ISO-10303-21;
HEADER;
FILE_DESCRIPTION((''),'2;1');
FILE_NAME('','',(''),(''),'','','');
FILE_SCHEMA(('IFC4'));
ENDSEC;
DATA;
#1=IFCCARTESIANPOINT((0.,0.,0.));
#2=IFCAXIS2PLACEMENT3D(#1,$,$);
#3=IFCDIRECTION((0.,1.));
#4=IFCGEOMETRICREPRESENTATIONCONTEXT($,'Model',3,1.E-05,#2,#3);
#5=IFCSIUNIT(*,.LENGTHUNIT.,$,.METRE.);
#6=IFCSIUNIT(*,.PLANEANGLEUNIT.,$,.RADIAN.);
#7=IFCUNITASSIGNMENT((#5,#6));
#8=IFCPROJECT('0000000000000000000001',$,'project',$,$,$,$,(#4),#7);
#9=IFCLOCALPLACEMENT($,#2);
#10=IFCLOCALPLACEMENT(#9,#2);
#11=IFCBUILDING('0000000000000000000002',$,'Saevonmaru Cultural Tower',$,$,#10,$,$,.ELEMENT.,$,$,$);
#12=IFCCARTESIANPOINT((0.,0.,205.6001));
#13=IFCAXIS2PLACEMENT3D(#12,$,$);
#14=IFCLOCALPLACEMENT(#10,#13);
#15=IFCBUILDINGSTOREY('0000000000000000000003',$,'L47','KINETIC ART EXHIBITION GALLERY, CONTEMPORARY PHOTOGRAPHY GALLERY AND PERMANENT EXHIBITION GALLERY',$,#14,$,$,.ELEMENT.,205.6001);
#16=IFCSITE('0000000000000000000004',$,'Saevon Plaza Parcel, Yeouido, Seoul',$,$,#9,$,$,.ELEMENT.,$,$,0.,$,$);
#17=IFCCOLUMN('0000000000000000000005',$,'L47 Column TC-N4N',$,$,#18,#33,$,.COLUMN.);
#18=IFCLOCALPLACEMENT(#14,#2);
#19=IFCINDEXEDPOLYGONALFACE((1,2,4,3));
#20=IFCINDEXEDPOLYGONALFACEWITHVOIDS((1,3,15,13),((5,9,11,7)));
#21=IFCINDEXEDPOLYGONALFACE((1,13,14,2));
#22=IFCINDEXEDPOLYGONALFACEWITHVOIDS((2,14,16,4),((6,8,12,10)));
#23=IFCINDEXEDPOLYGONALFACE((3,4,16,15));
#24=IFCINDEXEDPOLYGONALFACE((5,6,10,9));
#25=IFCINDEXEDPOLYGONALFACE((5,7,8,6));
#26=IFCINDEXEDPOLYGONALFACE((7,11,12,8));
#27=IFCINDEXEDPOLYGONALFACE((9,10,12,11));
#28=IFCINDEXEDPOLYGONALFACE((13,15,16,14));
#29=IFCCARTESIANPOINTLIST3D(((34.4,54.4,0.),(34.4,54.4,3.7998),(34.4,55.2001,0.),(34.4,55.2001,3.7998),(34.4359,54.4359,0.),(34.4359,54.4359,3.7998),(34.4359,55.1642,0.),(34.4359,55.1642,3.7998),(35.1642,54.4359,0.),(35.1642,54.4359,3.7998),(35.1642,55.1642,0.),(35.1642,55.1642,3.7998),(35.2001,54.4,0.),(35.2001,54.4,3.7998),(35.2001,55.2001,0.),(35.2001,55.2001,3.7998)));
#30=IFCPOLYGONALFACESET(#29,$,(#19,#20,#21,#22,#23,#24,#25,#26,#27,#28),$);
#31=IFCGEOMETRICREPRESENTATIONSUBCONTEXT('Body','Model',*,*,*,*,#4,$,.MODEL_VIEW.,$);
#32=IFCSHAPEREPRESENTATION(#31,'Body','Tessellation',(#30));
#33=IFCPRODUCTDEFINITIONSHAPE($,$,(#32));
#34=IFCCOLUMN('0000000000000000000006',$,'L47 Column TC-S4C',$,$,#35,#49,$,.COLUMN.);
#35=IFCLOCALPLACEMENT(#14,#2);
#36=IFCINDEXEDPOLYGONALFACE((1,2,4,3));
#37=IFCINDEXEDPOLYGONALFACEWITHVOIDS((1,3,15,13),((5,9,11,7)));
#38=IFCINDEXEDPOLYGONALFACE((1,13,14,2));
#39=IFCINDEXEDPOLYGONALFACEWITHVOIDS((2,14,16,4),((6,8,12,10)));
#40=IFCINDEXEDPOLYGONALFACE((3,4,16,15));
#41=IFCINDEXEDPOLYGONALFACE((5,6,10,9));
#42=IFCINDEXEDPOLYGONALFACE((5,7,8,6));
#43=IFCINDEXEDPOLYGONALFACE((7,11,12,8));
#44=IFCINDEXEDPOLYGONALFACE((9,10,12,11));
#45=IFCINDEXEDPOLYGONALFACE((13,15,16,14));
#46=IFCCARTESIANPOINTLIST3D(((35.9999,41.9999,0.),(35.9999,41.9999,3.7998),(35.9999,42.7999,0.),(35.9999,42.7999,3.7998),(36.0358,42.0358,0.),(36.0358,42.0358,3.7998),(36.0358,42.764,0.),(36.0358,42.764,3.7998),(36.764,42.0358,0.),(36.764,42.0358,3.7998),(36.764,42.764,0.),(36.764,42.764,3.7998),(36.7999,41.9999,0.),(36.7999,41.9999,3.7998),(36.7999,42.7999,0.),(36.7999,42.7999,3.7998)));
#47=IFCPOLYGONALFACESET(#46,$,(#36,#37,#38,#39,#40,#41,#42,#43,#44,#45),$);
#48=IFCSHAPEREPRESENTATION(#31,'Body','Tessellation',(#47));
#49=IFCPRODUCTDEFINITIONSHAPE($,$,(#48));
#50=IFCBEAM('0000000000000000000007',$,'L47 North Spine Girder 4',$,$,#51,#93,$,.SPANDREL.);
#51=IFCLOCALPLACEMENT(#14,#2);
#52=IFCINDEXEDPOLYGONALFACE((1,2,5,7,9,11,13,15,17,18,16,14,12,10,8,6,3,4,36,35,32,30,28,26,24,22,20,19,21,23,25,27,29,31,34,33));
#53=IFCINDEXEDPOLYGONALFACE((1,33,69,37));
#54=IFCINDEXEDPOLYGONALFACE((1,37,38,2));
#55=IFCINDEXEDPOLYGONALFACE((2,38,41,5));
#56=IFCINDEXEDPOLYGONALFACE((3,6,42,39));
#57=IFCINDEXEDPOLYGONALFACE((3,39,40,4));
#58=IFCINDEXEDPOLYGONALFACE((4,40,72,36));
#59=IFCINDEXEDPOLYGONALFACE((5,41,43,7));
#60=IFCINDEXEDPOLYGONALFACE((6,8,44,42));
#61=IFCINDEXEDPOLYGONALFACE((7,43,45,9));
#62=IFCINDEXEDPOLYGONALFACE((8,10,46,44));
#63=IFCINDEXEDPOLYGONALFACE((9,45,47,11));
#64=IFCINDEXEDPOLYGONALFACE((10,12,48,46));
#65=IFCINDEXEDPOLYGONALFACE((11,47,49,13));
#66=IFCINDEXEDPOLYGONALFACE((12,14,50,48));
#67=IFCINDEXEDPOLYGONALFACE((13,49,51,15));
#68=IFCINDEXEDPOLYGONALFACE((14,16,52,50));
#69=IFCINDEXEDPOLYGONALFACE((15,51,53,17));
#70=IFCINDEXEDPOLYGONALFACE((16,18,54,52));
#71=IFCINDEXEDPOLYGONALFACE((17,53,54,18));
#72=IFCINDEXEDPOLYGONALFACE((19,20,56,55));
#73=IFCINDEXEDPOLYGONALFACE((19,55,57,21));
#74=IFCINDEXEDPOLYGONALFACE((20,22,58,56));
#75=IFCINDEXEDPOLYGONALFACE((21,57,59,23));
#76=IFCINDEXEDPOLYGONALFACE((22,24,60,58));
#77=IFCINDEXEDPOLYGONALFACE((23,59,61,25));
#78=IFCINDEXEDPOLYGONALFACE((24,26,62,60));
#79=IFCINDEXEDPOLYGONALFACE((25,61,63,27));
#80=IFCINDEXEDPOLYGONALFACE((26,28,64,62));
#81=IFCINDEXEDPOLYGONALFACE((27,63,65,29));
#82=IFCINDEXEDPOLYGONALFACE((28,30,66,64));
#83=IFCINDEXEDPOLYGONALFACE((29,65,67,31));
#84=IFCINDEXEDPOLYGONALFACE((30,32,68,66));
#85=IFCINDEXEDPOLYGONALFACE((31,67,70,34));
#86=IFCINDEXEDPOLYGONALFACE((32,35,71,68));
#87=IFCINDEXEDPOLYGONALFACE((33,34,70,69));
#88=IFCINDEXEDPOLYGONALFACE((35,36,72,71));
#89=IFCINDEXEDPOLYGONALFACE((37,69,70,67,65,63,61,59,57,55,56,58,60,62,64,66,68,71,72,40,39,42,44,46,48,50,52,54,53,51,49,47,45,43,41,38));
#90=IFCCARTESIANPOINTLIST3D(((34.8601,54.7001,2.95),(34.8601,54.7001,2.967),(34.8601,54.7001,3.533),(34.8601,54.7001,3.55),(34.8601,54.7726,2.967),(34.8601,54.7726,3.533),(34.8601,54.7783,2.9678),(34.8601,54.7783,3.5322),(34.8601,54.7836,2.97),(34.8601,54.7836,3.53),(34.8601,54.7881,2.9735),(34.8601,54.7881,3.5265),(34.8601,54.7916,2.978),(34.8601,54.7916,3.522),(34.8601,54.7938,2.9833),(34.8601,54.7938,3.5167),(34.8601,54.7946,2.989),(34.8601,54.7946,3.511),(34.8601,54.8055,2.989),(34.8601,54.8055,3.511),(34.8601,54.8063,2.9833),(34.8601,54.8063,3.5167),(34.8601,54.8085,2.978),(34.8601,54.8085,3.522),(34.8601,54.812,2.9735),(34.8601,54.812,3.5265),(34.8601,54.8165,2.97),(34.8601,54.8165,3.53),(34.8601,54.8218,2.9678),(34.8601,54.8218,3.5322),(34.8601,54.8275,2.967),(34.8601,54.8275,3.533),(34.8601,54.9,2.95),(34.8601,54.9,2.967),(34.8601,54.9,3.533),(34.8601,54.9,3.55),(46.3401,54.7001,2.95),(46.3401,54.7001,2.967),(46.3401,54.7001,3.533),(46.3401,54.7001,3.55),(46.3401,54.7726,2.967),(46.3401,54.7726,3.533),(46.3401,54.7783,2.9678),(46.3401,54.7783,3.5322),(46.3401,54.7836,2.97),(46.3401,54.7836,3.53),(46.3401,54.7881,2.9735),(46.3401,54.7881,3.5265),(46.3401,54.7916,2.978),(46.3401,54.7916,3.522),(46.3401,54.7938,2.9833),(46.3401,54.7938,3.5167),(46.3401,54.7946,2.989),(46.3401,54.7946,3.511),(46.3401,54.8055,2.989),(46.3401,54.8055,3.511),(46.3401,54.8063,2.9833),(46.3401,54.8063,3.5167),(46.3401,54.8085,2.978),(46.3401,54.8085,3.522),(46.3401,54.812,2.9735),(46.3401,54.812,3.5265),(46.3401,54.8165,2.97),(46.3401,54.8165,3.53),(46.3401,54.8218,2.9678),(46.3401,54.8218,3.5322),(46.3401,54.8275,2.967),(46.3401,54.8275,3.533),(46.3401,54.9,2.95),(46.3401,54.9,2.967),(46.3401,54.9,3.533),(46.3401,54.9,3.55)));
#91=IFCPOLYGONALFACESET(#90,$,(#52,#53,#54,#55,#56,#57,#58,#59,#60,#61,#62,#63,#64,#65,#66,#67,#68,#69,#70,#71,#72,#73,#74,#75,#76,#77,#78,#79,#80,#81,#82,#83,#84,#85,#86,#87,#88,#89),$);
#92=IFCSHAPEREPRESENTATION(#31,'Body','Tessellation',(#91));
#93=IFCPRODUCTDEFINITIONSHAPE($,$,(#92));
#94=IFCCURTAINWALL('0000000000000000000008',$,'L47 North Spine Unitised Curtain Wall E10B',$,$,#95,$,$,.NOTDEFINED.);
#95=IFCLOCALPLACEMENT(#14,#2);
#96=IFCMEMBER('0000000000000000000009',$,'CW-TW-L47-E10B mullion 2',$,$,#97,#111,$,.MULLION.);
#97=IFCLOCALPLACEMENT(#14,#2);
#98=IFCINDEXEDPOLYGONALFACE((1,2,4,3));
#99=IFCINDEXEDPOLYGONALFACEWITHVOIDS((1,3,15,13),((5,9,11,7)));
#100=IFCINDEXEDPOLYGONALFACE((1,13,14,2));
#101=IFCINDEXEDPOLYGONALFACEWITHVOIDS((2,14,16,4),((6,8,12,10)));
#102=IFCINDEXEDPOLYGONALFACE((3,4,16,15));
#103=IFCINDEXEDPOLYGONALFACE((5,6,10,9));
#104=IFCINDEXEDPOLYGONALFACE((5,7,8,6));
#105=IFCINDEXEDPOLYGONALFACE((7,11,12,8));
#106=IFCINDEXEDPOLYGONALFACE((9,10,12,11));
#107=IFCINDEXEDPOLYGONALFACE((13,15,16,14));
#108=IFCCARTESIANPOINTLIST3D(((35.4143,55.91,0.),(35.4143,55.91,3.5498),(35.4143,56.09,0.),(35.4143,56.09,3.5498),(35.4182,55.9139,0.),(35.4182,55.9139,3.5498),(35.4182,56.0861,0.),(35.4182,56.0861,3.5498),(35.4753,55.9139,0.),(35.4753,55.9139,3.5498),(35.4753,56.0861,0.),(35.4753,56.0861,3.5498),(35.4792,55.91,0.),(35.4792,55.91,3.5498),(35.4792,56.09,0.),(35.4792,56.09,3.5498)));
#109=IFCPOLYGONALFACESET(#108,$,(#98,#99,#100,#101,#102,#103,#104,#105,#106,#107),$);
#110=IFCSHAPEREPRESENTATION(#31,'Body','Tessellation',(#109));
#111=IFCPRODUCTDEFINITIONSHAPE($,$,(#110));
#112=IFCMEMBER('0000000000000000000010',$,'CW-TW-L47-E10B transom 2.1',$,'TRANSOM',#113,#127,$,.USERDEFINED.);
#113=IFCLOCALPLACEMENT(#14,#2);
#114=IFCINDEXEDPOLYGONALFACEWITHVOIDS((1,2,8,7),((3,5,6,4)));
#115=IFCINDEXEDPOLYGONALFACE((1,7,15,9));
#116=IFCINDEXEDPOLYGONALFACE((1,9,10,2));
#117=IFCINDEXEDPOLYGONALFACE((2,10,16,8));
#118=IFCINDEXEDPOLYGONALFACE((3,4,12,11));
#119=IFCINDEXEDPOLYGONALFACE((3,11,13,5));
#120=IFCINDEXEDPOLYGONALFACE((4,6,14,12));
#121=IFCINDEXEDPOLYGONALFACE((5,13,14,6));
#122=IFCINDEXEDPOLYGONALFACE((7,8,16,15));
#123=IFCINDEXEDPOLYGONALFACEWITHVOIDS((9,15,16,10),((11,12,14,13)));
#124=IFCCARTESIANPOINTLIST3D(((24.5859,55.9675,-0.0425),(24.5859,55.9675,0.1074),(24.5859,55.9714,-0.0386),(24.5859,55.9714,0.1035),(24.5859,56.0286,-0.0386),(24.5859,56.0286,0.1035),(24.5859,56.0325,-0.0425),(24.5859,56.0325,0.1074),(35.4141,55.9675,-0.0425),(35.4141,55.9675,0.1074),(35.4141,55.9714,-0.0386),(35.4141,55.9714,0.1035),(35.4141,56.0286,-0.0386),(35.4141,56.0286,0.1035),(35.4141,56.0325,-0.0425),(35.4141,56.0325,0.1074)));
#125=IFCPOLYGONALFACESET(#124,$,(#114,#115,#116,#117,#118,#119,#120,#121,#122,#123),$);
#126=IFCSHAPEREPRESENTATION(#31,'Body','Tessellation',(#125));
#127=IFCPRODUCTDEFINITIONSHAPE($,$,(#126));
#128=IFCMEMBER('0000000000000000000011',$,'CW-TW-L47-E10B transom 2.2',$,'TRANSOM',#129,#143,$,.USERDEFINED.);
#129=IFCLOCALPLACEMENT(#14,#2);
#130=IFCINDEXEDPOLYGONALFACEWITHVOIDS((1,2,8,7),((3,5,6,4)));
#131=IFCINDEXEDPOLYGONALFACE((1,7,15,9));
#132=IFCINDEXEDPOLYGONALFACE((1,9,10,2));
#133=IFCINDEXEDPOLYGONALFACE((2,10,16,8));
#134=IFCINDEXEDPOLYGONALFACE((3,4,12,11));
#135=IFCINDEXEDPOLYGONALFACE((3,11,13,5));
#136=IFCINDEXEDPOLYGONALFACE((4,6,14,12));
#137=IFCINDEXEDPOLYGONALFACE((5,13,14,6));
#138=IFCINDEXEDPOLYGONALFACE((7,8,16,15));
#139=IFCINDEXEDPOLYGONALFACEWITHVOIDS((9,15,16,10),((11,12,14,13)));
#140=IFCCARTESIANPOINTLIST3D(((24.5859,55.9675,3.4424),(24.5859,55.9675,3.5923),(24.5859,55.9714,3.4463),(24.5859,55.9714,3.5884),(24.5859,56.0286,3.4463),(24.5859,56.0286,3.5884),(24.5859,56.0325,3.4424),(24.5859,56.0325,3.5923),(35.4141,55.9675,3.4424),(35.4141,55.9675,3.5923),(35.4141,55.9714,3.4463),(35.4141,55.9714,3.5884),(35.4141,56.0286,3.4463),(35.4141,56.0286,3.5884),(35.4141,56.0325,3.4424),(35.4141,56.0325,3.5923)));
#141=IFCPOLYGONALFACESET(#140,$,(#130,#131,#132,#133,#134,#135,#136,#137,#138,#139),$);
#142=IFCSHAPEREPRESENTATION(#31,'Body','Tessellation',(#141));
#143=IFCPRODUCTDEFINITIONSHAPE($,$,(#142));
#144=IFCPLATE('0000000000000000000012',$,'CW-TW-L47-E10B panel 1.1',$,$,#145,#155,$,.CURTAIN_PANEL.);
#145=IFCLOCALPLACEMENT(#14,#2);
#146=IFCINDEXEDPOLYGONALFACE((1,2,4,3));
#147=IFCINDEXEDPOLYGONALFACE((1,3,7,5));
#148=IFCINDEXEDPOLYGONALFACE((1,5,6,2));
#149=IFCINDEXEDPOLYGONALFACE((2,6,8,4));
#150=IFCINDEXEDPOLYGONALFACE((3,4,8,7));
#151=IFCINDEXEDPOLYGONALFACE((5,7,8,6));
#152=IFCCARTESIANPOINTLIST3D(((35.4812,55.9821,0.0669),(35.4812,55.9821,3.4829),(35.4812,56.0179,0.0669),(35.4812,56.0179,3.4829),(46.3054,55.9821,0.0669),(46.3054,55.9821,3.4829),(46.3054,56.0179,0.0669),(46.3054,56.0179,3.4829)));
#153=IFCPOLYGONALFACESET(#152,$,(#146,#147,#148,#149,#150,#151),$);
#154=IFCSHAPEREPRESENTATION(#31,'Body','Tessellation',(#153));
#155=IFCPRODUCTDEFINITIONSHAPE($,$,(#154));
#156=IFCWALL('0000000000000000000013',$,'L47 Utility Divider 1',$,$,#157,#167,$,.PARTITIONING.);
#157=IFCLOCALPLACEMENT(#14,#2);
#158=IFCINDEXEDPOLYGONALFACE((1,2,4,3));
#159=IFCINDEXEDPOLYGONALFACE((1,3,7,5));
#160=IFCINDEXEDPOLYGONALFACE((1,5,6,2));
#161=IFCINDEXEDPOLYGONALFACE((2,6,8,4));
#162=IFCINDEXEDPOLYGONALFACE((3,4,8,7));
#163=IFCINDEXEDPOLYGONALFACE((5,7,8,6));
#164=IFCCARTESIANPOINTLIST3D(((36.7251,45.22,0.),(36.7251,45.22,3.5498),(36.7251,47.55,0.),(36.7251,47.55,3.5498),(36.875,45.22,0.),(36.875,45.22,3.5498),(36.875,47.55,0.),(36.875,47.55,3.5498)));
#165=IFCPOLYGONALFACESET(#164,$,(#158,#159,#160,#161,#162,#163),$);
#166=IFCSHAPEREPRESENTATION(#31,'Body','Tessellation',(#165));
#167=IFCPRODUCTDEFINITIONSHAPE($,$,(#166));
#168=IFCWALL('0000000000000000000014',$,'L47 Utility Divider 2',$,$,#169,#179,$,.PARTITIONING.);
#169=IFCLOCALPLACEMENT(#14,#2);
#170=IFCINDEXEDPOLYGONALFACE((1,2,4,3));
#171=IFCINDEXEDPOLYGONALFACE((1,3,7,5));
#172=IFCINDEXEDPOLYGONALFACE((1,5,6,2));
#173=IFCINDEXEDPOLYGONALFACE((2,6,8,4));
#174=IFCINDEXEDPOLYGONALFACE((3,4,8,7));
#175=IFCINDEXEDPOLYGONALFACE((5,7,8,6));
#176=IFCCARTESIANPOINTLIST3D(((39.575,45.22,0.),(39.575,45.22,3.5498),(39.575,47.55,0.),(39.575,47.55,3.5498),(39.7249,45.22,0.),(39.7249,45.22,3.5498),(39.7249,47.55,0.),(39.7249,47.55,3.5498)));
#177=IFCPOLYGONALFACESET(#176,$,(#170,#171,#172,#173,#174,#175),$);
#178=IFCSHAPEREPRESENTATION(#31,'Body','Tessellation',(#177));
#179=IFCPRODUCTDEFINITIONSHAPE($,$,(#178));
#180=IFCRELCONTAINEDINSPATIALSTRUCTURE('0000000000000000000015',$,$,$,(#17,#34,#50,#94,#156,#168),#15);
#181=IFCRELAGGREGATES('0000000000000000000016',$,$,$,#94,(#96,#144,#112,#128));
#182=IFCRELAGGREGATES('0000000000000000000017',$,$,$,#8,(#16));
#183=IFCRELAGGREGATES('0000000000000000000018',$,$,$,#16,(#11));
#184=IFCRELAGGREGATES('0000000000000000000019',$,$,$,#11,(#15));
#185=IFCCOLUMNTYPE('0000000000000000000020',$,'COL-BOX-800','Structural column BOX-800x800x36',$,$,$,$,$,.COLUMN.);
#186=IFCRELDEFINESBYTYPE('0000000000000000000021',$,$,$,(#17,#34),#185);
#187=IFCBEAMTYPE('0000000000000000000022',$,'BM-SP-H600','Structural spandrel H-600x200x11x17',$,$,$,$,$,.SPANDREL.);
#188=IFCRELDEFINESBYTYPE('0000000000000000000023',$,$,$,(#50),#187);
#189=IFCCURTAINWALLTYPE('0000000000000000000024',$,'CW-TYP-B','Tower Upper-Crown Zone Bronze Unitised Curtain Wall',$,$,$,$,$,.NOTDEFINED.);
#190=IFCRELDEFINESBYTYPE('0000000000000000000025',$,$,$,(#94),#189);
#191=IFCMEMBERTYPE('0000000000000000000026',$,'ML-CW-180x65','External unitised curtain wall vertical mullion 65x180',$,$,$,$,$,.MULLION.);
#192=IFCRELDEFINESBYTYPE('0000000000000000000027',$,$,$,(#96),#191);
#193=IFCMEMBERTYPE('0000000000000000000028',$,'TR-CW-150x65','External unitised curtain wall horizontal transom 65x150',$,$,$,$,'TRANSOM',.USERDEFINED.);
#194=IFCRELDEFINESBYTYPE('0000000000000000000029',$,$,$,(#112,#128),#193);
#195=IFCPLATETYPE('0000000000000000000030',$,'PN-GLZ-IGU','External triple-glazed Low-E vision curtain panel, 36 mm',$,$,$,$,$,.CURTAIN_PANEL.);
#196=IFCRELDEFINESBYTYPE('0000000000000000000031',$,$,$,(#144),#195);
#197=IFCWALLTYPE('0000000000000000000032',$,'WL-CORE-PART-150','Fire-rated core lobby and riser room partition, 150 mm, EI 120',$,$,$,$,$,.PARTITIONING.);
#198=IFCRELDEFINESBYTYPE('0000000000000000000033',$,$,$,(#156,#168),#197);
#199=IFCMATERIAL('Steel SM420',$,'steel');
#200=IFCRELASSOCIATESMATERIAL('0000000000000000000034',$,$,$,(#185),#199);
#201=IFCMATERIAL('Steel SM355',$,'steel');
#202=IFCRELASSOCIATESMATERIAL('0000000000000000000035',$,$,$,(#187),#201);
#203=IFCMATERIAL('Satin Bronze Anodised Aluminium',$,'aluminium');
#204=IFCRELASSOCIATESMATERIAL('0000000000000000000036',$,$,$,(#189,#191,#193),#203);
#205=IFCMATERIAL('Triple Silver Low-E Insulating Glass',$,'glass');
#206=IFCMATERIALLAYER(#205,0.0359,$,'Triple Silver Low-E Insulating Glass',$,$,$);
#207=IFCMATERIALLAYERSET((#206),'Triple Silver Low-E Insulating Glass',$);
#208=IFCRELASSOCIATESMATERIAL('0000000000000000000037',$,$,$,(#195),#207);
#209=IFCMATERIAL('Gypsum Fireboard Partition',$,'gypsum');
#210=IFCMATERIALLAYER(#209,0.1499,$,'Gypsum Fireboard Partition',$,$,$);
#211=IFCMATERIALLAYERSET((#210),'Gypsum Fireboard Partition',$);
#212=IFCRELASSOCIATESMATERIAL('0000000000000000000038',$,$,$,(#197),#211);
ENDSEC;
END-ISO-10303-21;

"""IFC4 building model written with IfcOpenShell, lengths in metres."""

from ifc_helpers import new_model, si_unit, direction, frame, frame_2d, origin, origin_2d, place, context, subcontext, project, spatial, rectangle, hollow_rectangle, i_section, extrude, material, layer, layer_set, material_profile, profile_set, type_object, element, aggregate, save


model = new_model("IFC4")

# Units and contexts
model_context = context("Model", 3, precision=1e-05, world=origin(), true_north=direction((0.0, 1.0)))
body_context = subcontext(model_context, "Body", "Model", "MODEL_VIEW")
ifc_project = project(units=[si_unit("LENGTHUNIT", "METRE"), si_unit("PLANEANGLEUNIT", "RADIAN")], contexts=[model_context])

# Site, building, storey
site_placement = place(None, origin())
site = spatial("IfcSite", under=ifc_project, at=site_placement, Name="Saevon Plaza Parcel, Yeouido, Seoul", CompositionType="ELEMENT", RefElevation=0.0)
building_placement = place(site_placement, origin())
building = spatial("IfcBuilding", under=site, at=building_placement, Name="Saevonmaru Cultural Tower", CompositionType="ELEMENT")
storey_placement = place(building_placement, frame((0.0, 0.0, 205.6001)))
storey = spatial("IfcBuildingStorey", under=building, at=storey_placement, Name="L47", Description="KINETIC ART EXHIBITION GALLERY, CONTEMPORARY PHOTOGRAPHY GALLERY AND PERMANENT EXHIBITION GALLERY", CompositionType="ELEMENT", Elevation=205.6001)

# Columns
ifc_material_1 = material(Name="Steel SM420", Category="steel")
ifc_material_profile_1 = material_profile(ifc_material_1, hollow_rectangle(XDim=0.8, YDim=0.8, WallThickness=0.0359, at=origin_2d()), Name="BOX-800x800x36")
ifc_profile_set_1 = profile_set([ifc_material_profile_1], Name="Steel SM420")
column_type = type_object("IfcColumnType", Name="COL-BOX-800", Description="Structural column BOX-800x800x36", PredefinedType="COLUMN", material=ifc_profile_set_1)
for number, where, z_axis, x_axis, name in (
    (1, (34.8, 54.8, 0.0), (0.0, 0.0, 1.0), (1.0, 0.0, 0.0), "L47 Column TC-N4N"),
    (2, (36.3999, 42.3999, 0.0), (0.0, 0.0, 1.0), (1.0, 0.0, 0.0), "L47 Column TC-S4C"),
):
    element("IfcColumn", number, at=place(storey_placement, frame(where, z_axis=z_axis, x_axis=x_axis)), inside=storey, type_object=column_type, Name=name, PredefinedType="COLUMN", context=body_context, shape_type="SweptSolid", body=[
        extrude(hollow_rectangle(XDim=0.8, YDim=0.8, WallThickness=0.0359, at=origin_2d()), origin(), (0.0, 0.0, 1.0), 3.7998),
    ])

# Beam
ifc_material_2 = material(Name="Steel SM355", Category="steel")
ifc_material_profile_2 = material_profile(ifc_material_2, i_section(OverallWidth=0.2, OverallDepth=0.6001, WebThickness=0.011, FlangeThickness=0.0171, FilletRadius=0.022, at=origin_2d()), Name="H-600x200x11x17")
ifc_profile_set_2 = profile_set([ifc_material_profile_2], Name="Steel SM355")
beam_type = type_object("IfcBeamType", Name="BM-SP-H600", Description="Structural spandrel H-600x200x11x17", PredefinedType="SPANDREL", material=ifc_profile_set_2)
beam_placement = place(storey_placement, frame((34.8601, 54.8, 3.25), z_axis=(1.0, 0.0, 0.0), x_axis=(0.0, 1.0, 0.0)))
element("IfcBeam", 3, at=beam_placement, inside=storey, type_object=beam_type, Name="L47 North Spine Girder 4", PredefinedType="SPANDREL", context=body_context, shape_type="SweptSolid", body=[
    extrude(i_section(OverallWidth=0.2, OverallDepth=0.6001, WebThickness=0.011, FlangeThickness=0.0171, FilletRadius=0.022, at=origin_2d()), origin(), (0.0, 0.0, 1.0), 11.48),
])

# Curtain wall, members, plate
ifc_material_3 = material(Name="Satin Bronze Anodised Aluminium", Category="aluminium")
curtain_wall_type = type_object("IfcCurtainWallType", Name="CW-TYP-B", Description="Tower Upper-Crown Zone Bronze Unitised Curtain Wall", PredefinedType="NOTDEFINED", material=ifc_material_3)
curtain_wall_placement = place(storey_placement, origin())
curtain_wall = element("IfcCurtainWall", 4, at=curtain_wall_placement, inside=storey, type_object=curtain_wall_type, Name="L47 North Spine Unitised Curtain Wall E10B", PredefinedType="NOTDEFINED")
ifc_material_profile_3 = material_profile(ifc_material_3, hollow_rectangle(XDim=0.0649, YDim=0.1799, WallThickness=0.0039, at=origin_2d()), Name="ALU-MULL-180x65x4")
ifc_profile_set_3 = profile_set([ifc_material_profile_3], Name="Satin Bronze Anodised Aluminium")
member_type_1 = type_object("IfcMemberType", Name="ML-CW-180x65", Description="External unitised curtain wall vertical mullion 65x180", PredefinedType="MULLION", material=ifc_profile_set_3)
member_1_placement = place(storey_placement, frame((35.4468, 56.0, 0.0), z_axis=(0.0, 0.0, 1.0), x_axis=(-1.0, 0.0, 0.0)))
member_1 = element("IfcMember", 5, at=member_1_placement, type_object=member_type_1, Name="CW-TW-L47-E10B mullion 2", PredefinedType="MULLION", context=body_context, shape_type="SweptSolid", body=[
    extrude(hollow_rectangle(XDim=0.0649, YDim=0.1799, WallThickness=0.0039, at=origin_2d()), origin(), (0.0, 0.0, 1.0), 3.5498),
])
ifc_material_profile_4 = material_profile(ifc_material_3, hollow_rectangle(XDim=0.0649, YDim=0.1499, WallThickness=0.0039, at=origin_2d()), Name="ALU-TRAN-150x65x4")
ifc_profile_set_4 = profile_set([ifc_material_profile_4], Name="Satin Bronze Anodised Aluminium")
member_type_2 = type_object("IfcMemberType", Name="TR-CW-150x65", Description="External unitised curtain wall horizontal transom 65x150", ElementType="TRANSOM", PredefinedType="USERDEFINED", material=ifc_profile_set_4)
member_2_placement = place(storey_placement, frame((35.4141, 56.0, 0.0325), z_axis=(-1.0, 0.0, 0.0), x_axis=(0.0, -1.0, 0.0)))
member_2 = element("IfcMember", 6, at=member_2_placement, type_object=member_type_2, Name="CW-TW-L47-E10B transom 2.1", ObjectType="TRANSOM", PredefinedType="USERDEFINED", context=body_context, shape_type="SweptSolid", body=[
    extrude(hollow_rectangle(XDim=0.0649, YDim=0.1499, WallThickness=0.0039, at=origin_2d()), origin(), (0.0, 0.0, 1.0), 10.8281),
])
member_3_placement = place(storey_placement, frame((35.4141, 56.0, 3.5173), z_axis=(-1.0, 0.0, 0.0), x_axis=(0.0, -1.0, 0.0)))
member_3 = element("IfcMember", 7, at=member_3_placement, type_object=member_type_2, Name="CW-TW-L47-E10B transom 2.2", ObjectType="TRANSOM", PredefinedType="USERDEFINED", context=body_context, shape_type="SweptSolid", body=[
    extrude(hollow_rectangle(XDim=0.0649, YDim=0.1499, WallThickness=0.0039, at=origin_2d()), origin(), (0.0, 0.0, 1.0), 10.8281),
])
ifc_material_4 = material(Name="Triple Silver Low-E Insulating Glass", Category="glass")
ifc_layer_1 = layer(ifc_material_4, 0.0359, Name="Triple Silver Low-E Insulating Glass")
ifc_layer_set_1 = layer_set([ifc_layer_1], Name="Triple Silver Low-E Insulating Glass")
plate_type = type_object("IfcPlateType", Name="PN-GLZ-IGU", Description="External triple-glazed Low-E vision curtain panel, 36 mm", PredefinedType="CURTAIN_PANEL", material=ifc_layer_set_1)
plate_placement = place(storey_placement, frame((40.8933, 56.0, 0.0669), z_axis=(0.0, 0.0, 1.0), x_axis=(-1.0, 0.0, 0.0)))
plate = element("IfcPlate", 8, at=plate_placement, type_object=plate_type, Name="CW-TW-L47-E10B panel 1.1", PredefinedType="CURTAIN_PANEL", context=body_context, shape_type="SweptSolid", body=[
    extrude(rectangle(XDim=10.8242, YDim=0.0359, at=origin_2d()), origin(), (0.0, 0.0, 1.0), 3.416),
])
aggregate(curtain_wall, [member_1, plate, member_2, member_3])

# Walls
ifc_material_5 = material(Name="Gypsum Fireboard Partition", Category="gypsum")
ifc_layer_2 = layer(ifc_material_5, 0.1499, Name="Gypsum Fireboard Partition")
ifc_layer_set_2 = layer_set([ifc_layer_2], Name="Gypsum Fireboard Partition")
wall_type_1 = type_object("IfcWallType", Name="WL-CORE-PART-150", Description="Fire-rated core lobby and riser room partition, 150 mm, EI 120", PredefinedType="PARTITIONING", material=ifc_layer_set_2)
for number, where, z_axis, x_axis, name in (
    (9, (36.8, 45.22, 0.0), (0.0, 0.0, 1.0), (0.0, 1.0, 0.0), "L47 Utility Divider 1"),
    (10, (39.6499, 45.22, 0.0), (0.0, 0.0, 1.0), (0.0, 1.0, 0.0), "L47 Utility Divider 2"),
):
    element("IfcWall", number, at=place(storey_placement, frame(where, z_axis=z_axis, x_axis=x_axis)), inside=storey, type_object=wall_type_1, Name=name, PredefinedType="PARTITIONING", context=body_context, shape_type="SweptSolid", body=[
        extrude(rectangle(XDim=2.3301, YDim=0.1499, at=frame_2d((1.165, 0.0))), origin(), (0.0, 0.0, 1.0), 3.5498),
    ])

save(model, "model.ifc")
